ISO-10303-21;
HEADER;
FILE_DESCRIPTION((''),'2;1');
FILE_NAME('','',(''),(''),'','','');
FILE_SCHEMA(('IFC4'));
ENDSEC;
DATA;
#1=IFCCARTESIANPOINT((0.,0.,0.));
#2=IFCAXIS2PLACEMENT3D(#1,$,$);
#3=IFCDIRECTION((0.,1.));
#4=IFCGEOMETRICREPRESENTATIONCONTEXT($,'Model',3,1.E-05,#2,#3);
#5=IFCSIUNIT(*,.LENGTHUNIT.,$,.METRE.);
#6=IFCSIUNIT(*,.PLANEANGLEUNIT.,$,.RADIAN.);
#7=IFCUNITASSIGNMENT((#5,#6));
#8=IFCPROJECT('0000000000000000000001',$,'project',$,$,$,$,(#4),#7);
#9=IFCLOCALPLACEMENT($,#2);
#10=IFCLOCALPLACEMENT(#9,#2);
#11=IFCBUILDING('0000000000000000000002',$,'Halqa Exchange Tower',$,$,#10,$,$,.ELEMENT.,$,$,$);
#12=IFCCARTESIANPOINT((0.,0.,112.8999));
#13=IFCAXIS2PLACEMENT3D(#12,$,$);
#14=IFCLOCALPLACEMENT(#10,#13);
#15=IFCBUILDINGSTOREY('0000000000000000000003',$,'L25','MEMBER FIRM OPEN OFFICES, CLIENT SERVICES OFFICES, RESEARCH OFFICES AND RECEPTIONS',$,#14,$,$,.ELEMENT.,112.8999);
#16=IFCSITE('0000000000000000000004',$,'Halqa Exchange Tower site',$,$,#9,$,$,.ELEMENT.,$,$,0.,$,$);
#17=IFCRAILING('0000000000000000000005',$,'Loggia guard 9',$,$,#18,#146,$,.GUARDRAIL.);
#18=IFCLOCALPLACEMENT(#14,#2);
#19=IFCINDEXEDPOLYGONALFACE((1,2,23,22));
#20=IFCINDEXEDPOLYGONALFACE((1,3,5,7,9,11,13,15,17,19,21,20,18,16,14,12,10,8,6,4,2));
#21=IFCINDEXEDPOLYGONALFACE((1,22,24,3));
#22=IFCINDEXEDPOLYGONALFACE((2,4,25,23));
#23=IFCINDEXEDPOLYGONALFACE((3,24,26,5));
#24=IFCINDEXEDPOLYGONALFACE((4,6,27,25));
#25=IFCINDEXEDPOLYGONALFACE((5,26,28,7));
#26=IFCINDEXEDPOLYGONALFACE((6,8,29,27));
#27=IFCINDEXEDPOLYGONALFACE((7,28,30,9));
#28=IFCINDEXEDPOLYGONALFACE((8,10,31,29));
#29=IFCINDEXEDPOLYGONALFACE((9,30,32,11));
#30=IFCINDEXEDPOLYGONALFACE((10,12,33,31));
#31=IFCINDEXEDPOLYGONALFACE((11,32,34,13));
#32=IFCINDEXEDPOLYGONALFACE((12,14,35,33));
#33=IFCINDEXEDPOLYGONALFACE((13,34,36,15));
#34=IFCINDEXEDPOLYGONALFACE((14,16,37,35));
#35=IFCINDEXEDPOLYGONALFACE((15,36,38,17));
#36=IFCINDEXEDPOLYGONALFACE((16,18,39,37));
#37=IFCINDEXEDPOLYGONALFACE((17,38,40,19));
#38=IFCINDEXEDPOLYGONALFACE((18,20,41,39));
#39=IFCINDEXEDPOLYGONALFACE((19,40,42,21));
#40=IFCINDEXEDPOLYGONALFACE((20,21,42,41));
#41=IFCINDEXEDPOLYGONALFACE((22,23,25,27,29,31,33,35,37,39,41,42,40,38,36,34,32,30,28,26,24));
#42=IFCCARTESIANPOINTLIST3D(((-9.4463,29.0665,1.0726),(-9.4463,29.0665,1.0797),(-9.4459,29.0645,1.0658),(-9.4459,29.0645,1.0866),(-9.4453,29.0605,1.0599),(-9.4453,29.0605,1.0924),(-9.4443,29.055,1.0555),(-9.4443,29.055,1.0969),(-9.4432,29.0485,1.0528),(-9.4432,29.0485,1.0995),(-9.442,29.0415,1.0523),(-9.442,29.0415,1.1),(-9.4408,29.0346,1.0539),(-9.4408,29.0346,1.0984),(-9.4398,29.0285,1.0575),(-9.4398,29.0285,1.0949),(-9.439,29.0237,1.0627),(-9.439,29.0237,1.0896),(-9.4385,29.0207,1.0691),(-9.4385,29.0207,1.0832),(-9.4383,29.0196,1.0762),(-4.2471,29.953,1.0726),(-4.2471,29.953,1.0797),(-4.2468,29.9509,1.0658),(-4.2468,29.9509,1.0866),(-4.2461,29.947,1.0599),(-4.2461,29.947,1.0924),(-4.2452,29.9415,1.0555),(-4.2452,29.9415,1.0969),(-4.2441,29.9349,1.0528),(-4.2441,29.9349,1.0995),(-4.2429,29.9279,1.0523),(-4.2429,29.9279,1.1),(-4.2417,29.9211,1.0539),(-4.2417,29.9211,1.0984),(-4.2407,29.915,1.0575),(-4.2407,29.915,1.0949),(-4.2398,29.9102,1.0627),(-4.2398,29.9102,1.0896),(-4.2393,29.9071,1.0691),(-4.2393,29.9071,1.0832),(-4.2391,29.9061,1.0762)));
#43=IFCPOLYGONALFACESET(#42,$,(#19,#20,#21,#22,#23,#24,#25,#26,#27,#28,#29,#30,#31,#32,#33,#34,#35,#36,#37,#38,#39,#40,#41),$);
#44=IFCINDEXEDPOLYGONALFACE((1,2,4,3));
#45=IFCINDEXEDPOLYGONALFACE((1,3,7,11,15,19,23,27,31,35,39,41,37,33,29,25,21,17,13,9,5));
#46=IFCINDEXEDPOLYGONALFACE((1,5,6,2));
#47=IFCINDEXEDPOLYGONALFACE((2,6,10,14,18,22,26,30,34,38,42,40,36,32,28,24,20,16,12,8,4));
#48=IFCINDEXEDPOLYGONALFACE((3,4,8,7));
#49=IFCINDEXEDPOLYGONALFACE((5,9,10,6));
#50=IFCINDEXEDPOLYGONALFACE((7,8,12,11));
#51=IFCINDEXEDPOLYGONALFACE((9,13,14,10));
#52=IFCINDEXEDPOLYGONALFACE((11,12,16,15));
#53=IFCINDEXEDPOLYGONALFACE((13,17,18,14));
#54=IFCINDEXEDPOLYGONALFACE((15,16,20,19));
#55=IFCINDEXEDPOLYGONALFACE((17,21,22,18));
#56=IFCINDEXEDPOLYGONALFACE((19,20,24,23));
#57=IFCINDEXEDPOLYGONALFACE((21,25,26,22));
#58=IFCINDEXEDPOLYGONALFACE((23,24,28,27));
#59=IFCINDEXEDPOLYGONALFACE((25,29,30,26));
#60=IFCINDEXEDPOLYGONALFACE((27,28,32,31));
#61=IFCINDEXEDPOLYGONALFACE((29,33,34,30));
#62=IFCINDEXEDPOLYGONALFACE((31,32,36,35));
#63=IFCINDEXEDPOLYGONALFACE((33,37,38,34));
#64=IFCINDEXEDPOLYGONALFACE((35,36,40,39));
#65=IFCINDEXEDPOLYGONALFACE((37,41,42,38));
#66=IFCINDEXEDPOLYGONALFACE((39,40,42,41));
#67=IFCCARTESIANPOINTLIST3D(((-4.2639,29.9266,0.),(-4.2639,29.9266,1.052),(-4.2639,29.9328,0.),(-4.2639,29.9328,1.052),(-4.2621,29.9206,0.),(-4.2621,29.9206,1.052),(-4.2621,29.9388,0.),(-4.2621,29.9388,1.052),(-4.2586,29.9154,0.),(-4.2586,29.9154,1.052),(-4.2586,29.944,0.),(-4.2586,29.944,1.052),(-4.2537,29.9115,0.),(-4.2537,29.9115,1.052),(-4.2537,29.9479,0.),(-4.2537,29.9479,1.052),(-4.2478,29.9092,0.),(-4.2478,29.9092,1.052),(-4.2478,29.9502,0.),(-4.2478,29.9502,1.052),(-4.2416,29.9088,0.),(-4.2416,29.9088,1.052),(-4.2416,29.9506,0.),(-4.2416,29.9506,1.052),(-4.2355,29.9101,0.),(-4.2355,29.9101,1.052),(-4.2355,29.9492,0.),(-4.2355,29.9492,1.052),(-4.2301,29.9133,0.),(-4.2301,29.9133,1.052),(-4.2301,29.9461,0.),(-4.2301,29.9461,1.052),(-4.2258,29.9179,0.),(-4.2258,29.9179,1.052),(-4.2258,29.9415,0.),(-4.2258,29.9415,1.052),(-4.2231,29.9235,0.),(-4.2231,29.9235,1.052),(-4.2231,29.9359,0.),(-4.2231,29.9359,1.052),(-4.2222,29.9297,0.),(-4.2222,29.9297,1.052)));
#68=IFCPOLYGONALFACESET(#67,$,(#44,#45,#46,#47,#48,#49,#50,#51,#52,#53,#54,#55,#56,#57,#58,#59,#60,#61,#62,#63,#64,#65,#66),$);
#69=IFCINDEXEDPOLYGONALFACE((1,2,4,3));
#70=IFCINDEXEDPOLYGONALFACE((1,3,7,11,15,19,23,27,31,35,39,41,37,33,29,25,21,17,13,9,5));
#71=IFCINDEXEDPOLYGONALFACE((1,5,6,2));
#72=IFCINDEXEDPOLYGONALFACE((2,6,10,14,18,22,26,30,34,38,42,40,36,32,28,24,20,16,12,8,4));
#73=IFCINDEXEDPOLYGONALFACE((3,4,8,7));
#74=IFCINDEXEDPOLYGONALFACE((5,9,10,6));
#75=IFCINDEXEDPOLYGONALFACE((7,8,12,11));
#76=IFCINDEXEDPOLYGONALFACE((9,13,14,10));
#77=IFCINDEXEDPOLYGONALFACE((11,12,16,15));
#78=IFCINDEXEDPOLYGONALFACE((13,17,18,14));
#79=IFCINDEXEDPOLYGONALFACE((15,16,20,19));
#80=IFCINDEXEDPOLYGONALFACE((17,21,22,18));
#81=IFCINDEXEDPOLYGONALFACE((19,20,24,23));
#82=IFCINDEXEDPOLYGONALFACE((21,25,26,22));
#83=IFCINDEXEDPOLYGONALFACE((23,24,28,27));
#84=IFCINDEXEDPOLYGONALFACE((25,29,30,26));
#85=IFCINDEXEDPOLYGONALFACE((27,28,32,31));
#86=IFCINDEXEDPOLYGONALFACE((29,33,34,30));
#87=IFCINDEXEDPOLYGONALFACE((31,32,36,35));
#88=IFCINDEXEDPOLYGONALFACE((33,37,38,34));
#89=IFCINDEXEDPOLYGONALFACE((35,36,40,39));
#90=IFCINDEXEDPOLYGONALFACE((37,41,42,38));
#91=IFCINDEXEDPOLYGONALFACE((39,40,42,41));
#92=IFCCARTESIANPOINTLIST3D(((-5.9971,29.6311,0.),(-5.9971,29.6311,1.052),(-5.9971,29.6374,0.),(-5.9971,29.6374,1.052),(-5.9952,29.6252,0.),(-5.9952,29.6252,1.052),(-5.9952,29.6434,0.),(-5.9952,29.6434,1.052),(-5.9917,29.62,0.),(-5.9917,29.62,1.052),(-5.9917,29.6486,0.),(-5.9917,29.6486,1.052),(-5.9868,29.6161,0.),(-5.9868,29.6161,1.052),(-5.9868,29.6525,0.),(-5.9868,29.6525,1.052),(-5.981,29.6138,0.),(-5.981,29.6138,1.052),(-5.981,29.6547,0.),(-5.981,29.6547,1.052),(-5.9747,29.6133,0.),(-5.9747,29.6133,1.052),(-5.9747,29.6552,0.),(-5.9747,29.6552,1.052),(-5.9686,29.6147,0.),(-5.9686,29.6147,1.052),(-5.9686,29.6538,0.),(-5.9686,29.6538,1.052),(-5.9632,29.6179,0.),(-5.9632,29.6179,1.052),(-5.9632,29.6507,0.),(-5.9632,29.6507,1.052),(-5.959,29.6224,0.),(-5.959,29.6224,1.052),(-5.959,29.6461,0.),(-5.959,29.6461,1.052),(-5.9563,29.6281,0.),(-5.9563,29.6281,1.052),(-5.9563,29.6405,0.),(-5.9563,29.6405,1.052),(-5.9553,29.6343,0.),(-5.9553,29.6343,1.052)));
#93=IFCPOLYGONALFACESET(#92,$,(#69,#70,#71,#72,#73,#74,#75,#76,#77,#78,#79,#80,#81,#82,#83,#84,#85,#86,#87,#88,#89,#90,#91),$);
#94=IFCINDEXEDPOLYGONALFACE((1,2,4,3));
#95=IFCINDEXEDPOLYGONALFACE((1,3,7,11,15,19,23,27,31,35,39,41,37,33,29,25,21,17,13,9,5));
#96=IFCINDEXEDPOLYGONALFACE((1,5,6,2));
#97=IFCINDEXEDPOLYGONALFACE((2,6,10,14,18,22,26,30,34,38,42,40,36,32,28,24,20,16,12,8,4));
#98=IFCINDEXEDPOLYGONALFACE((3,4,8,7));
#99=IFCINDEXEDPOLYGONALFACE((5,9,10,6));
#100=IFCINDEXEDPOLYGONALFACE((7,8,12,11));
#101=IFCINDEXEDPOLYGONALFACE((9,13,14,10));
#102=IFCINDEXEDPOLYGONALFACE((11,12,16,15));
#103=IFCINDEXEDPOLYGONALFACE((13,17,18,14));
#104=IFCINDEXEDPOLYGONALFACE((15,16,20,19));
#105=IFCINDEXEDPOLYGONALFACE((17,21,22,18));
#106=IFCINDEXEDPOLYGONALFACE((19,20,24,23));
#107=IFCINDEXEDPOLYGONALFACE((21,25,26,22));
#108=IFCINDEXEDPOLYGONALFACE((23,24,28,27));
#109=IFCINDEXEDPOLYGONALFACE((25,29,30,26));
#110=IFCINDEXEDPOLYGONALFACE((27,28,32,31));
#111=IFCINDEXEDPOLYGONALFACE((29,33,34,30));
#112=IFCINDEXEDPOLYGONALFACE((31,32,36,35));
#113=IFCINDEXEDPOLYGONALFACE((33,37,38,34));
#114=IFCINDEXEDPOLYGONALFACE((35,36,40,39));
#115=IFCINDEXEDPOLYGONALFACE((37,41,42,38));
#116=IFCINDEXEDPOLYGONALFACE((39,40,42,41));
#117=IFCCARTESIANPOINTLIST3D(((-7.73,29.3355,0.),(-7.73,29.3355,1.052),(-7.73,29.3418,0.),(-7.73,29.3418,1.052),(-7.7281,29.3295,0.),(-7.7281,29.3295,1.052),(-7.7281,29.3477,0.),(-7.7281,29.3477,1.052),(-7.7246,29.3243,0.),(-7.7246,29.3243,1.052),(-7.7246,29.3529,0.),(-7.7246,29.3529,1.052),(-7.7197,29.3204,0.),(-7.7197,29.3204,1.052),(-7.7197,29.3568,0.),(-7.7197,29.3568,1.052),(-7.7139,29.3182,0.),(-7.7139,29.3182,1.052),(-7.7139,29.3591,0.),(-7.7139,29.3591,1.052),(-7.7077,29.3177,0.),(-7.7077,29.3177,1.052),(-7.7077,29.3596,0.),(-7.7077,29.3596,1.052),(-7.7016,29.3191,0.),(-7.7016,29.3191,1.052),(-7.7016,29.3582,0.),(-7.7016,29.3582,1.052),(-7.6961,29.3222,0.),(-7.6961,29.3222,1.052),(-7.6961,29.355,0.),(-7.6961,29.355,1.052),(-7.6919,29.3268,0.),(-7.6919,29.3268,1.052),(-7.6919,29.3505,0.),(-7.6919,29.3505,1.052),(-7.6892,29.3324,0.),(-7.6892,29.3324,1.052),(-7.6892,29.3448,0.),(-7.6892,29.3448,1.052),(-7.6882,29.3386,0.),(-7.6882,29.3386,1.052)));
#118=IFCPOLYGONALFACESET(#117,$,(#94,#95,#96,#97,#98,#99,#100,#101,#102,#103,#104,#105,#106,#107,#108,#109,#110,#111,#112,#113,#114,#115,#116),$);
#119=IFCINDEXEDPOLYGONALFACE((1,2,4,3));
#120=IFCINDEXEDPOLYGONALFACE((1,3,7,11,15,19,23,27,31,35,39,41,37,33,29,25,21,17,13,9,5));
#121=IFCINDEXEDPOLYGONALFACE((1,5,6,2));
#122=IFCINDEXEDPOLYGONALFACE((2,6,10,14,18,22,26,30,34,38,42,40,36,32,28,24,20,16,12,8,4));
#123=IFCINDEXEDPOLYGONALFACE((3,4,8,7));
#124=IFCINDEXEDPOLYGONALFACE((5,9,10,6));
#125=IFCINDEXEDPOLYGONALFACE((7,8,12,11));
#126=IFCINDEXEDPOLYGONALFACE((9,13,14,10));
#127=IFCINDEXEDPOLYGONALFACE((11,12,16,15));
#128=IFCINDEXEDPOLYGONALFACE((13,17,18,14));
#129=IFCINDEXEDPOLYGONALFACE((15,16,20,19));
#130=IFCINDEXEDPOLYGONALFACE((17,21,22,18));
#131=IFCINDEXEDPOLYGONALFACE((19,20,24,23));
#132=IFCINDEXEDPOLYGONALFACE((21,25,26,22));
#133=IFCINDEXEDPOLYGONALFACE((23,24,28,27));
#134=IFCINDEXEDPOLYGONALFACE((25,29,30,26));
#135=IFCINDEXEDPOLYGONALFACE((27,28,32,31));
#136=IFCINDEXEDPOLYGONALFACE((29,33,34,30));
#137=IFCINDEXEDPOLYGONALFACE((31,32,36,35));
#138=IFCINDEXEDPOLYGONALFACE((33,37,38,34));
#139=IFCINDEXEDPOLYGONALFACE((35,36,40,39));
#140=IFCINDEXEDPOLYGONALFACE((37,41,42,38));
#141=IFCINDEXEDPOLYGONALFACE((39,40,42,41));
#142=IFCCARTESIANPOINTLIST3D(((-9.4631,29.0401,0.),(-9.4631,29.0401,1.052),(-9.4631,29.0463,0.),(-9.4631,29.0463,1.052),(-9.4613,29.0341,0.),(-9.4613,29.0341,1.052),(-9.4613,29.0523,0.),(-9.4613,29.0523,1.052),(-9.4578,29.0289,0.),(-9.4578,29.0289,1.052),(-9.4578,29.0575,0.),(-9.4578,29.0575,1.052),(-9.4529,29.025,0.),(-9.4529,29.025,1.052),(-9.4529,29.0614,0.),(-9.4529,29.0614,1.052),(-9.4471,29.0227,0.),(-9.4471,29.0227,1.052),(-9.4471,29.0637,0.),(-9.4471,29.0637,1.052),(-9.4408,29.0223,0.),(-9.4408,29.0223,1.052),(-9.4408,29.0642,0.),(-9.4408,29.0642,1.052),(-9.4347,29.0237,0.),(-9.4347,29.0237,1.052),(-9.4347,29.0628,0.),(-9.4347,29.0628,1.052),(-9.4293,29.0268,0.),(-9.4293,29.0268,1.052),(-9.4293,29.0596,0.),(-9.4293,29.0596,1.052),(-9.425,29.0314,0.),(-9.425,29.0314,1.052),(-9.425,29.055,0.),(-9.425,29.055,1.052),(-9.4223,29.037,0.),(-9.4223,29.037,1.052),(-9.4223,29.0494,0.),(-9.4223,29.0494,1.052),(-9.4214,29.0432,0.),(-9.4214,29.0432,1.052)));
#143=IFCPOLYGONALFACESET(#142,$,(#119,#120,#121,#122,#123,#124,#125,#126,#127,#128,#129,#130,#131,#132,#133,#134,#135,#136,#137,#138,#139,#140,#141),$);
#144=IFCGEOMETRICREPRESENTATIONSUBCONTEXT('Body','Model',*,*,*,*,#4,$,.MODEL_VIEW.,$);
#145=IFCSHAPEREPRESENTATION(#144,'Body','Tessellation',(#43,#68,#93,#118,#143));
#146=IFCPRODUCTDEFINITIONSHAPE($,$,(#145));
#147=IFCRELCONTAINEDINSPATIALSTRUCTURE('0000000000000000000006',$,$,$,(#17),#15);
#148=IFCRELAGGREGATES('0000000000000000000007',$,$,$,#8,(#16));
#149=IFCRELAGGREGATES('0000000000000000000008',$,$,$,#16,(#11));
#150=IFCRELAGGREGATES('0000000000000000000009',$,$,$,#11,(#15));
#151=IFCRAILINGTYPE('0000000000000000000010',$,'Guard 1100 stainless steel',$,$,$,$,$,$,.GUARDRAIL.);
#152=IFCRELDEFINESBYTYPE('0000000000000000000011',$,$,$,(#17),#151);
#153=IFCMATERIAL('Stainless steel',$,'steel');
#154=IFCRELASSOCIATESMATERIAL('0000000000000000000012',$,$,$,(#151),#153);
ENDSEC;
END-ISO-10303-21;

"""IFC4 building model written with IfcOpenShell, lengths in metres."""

from ifc_helpers import new_model, si_unit, direction, frame, origin, origin_2d, place, context, subcontext, project, spatial, circle, extrude, material, type_object, element, save


model = new_model("IFC4")

# Units and contexts
model_context = context("Model", 3, precision=1e-05, world=origin(), true_north=direction((0.0, 1.0)))
body_context = subcontext(model_context, "Body", "Model", "MODEL_VIEW")
ifc_project = project(units=[si_unit("LENGTHUNIT", "METRE"), si_unit("PLANEANGLEUNIT", "RADIAN")], contexts=[model_context])

# Site, building, storey
site_placement = place(None, origin())
site = spatial("IfcSite", under=ifc_project, at=site_placement, Name="Halqa Exchange Tower site", CompositionType="ELEMENT", RefElevation=0.0)
building_placement = place(site_placement, origin())
building = spatial("IfcBuilding", under=site, at=building_placement, Name="Halqa Exchange Tower", CompositionType="ELEMENT")
storey_placement = place(building_placement, frame((0.0, 0.0, 112.8999)))
storey = spatial("IfcBuildingStorey", under=building, at=storey_placement, Name="L25", Description="MEMBER FIRM OPEN OFFICES, CLIENT SERVICES OFFICES, RESEARCH OFFICES AND RECEPTIONS", CompositionType="ELEMENT", Elevation=112.8999)

# Railing
ifc_material_1 = material(Name="Stainless steel", Category="steel")
railing_type_1 = type_object("IfcRailingType", Name="Guard 1100 stainless steel", PredefinedType="GUARDRAIL", material=ifc_material_1)
railing_1_placement = place(storey_placement, frame((-4.2432, 29.9297, 0.0)))
element("IfcRailing", 1, at=railing_1_placement, inside=storey, type_object=railing_type_1, Name="Loggia guard 9", PredefinedType="GUARDRAIL", context=body_context, shape_type="SweptSolid", body=[
    extrude(circle(Radius=0.0239, at=origin_2d()), frame((0.0, 0.0, 1.0762), z_axis=(-0.985774, -0.168076, 0.0), x_axis=(0.168076, -0.985774, 0.0)), (0.0, 0.0, 1.0), 5.2742),
    extrude(circle(Radius=0.021, at=origin_2d()), origin(), (0.0, 0.0, 1.0), 1.052),
    extrude(circle(Radius=0.021, at=origin_2d()), frame((-1.7332, -0.2954, 0.0)), (0.0, 0.0, 1.0), 1.052),
    extrude(circle(Radius=0.021, at=origin_2d()), frame((-3.4661, -0.5911, 0.0)), (0.0, 0.0, 1.0), 1.052),
    extrude(circle(Radius=0.021, at=origin_2d()), frame((-5.1992, -0.8865, 0.0)), (0.0, 0.0, 1.0), 1.052),
])

save(model, "model.ifc")
